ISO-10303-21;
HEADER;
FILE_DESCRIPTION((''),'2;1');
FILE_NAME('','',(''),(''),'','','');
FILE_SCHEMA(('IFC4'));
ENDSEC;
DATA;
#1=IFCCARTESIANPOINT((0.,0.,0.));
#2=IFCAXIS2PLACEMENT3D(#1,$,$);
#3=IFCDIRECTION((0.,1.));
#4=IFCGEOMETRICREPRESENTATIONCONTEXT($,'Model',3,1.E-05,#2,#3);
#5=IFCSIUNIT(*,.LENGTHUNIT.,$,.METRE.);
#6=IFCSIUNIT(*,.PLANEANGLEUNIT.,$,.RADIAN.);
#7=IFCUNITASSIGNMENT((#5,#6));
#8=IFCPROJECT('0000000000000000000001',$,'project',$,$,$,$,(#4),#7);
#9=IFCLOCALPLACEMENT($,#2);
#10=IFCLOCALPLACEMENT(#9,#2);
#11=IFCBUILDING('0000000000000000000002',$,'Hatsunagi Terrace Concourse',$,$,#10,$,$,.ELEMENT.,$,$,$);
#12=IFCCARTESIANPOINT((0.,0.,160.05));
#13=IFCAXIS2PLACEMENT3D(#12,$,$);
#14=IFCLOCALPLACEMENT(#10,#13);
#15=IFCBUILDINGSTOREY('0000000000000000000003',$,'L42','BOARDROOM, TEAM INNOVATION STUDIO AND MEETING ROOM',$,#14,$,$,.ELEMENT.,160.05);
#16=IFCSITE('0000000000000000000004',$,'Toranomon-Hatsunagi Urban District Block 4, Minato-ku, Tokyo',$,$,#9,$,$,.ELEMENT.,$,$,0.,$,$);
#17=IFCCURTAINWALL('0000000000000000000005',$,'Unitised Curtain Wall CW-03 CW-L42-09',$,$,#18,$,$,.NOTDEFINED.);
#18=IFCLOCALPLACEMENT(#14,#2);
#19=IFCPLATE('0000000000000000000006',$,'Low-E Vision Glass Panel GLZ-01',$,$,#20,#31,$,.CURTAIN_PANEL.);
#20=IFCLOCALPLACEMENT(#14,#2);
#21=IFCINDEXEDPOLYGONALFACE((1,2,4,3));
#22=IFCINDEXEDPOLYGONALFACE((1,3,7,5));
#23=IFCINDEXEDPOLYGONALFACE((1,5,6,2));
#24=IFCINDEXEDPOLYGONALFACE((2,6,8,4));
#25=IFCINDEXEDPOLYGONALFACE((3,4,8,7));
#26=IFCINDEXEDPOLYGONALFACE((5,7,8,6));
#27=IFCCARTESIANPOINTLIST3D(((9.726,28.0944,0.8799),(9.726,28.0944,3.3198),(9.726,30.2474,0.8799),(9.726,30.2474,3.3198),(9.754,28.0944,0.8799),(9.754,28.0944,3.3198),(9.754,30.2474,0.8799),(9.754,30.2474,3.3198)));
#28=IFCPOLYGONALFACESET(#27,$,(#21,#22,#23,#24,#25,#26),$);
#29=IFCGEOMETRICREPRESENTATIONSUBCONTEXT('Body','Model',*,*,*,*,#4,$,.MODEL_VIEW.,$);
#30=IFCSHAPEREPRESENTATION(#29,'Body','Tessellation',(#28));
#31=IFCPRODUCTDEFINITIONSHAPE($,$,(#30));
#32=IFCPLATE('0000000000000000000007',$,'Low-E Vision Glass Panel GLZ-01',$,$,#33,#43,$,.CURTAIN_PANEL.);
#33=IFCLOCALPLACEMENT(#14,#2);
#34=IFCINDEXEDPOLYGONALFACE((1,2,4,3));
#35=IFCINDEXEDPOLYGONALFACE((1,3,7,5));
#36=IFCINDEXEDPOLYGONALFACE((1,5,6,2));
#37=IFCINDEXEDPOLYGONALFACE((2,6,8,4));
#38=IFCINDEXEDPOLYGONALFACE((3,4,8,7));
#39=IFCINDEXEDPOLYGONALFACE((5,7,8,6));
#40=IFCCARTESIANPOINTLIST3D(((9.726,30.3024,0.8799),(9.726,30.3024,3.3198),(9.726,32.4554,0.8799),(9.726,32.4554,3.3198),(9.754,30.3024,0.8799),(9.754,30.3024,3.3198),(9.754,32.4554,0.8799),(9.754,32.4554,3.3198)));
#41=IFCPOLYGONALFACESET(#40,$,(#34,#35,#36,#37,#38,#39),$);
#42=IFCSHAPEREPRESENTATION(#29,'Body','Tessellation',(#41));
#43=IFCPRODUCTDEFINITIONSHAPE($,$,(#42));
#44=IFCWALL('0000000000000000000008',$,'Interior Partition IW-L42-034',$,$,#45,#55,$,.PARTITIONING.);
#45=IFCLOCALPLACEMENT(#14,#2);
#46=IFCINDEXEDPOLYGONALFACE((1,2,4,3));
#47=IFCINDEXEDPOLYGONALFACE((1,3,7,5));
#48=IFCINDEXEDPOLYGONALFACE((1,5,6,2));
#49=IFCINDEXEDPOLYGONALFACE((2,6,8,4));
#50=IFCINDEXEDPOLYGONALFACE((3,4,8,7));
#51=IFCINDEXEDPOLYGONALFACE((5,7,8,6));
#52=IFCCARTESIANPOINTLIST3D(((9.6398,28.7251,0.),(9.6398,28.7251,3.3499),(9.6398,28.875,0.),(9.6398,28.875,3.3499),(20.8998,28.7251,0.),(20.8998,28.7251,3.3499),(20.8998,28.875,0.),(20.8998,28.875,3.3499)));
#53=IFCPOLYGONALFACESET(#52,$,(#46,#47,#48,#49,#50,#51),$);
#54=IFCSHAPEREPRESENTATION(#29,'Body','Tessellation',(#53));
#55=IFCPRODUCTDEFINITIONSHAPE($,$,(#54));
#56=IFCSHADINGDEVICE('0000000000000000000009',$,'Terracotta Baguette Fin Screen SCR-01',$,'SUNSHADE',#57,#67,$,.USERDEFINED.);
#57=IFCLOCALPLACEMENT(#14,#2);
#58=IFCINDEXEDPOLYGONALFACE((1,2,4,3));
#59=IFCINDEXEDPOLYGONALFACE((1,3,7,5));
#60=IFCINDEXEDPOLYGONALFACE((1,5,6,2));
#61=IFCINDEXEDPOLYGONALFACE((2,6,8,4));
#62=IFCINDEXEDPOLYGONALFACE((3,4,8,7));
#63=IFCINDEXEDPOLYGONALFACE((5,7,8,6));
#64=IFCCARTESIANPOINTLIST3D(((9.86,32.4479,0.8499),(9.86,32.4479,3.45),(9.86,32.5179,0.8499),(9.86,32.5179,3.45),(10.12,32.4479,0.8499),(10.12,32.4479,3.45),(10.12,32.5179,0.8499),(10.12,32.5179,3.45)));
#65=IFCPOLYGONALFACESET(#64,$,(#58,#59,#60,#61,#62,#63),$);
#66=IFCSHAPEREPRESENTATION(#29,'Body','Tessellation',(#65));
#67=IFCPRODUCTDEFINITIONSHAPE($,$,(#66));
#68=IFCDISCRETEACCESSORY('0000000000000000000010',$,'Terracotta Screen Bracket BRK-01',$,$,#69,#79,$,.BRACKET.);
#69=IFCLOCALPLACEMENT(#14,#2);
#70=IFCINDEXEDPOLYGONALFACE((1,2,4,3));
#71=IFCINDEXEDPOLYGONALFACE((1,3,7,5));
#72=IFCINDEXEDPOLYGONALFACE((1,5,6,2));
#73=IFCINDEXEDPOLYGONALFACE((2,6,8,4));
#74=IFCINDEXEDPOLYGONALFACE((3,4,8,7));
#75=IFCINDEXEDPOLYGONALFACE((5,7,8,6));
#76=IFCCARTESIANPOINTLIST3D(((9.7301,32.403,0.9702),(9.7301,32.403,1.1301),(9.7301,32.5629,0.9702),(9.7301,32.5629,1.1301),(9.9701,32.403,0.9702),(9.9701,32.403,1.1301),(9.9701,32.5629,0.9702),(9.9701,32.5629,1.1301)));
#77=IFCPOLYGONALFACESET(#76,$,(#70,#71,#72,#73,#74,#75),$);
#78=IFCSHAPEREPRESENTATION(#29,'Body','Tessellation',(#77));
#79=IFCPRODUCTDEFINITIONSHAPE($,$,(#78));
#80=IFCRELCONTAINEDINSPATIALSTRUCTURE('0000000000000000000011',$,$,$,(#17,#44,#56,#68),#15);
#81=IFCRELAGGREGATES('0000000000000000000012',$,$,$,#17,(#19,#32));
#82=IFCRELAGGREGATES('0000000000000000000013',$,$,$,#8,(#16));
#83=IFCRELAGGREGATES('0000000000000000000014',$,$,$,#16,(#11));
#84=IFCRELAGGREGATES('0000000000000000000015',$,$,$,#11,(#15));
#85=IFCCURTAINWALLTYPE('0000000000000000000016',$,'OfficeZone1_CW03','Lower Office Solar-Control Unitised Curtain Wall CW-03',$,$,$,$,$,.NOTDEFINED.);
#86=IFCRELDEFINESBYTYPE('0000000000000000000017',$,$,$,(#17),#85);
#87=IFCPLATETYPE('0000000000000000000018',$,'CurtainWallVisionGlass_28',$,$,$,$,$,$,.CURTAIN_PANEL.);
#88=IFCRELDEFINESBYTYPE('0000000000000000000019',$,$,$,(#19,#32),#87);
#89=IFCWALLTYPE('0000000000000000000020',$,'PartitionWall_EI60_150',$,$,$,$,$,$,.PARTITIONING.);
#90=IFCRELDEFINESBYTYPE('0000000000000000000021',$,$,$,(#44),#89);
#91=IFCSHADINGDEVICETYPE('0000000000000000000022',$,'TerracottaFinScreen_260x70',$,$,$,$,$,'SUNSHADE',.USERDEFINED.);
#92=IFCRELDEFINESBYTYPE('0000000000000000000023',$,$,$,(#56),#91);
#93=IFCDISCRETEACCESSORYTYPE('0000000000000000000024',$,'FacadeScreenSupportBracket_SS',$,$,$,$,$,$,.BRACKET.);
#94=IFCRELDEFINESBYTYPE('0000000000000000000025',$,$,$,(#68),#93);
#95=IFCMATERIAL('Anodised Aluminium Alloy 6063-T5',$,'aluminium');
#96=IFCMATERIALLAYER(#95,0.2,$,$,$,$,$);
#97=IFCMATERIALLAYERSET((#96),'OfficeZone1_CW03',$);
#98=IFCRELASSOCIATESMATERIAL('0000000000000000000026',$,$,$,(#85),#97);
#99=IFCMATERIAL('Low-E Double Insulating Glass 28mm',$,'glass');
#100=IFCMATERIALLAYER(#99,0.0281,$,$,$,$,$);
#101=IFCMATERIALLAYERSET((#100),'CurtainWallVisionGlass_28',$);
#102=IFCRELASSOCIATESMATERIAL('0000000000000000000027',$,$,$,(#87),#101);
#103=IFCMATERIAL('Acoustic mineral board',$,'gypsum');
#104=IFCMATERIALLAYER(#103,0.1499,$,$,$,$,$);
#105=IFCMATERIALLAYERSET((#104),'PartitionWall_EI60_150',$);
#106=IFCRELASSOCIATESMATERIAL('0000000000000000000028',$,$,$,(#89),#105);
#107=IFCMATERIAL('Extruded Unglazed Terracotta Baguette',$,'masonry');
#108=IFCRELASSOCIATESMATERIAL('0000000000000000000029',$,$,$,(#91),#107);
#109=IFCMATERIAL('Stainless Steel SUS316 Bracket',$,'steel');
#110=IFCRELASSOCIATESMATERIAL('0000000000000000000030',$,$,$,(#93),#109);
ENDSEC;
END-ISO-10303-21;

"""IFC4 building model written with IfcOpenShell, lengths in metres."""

from ifc_helpers import new_model, si_unit, direction, frame, frame_2d, origin, origin_2d, place, context, subcontext, project, spatial, rectangle, extrude, material, layer, layer_set, type_object, element, aggregate, save


model = new_model("IFC4")

# Units and contexts
model_context = context("Model", 3, precision=1e-05, world=origin(), true_north=direction((0.0, 1.0)))
body_context = subcontext(model_context, "Body", "Model", "MODEL_VIEW")
ifc_project = project(units=[si_unit("LENGTHUNIT", "METRE"), si_unit("PLANEANGLEUNIT", "RADIAN")], contexts=[model_context])

# Site, building, storey
site_placement = place(None, origin())
site = spatial("IfcSite", under=ifc_project, at=site_placement, Name="Toranomon-Hatsunagi Urban District Block 4, Minato-ku, Tokyo", CompositionType="ELEMENT", RefElevation=0.0)
building_placement = place(site_placement, origin())
building = spatial("IfcBuilding", under=site, at=building_placement, Name="Hatsunagi Terrace Concourse", CompositionType="ELEMENT")
storey_placement = place(building_placement, frame((0.0, 0.0, 160.05)))
storey = spatial("IfcBuildingStorey", under=building, at=storey_placement, Name="L42", Description="BOARDROOM, TEAM INNOVATION STUDIO AND MEETING ROOM", CompositionType="ELEMENT", Elevation=160.05)

# Curtain wall
ifc_material_1 = material(Name="Anodised Aluminium Alloy 6063-T5", Category="aluminium")
ifc_layer_1 = layer(ifc_material_1, 0.2)
ifc_layer_set_1 = layer_set([ifc_layer_1], Name="OfficeZone1_CW03")
curtain_wall_type = type_object("IfcCurtainWallType", Name="OfficeZone1_CW03", Description="Lower Office Solar-Control Unitised Curtain Wall CW-03", PredefinedType="NOTDEFINED", material=ifc_layer_set_1)
curtain_wall_placement = place(storey_placement, origin())
curtain_wall = element("IfcCurtainWall", 1, at=curtain_wall_placement, inside=storey, type_object=curtain_wall_type, Name="Unitised Curtain Wall CW-03 CW-L42-09", PredefinedType="NOTDEFINED")

# Plates
ifc_material_2 = material(Name="Low-E Double Insulating Glass 28mm", Category="glass")
ifc_layer_2 = layer(ifc_material_2, 0.0281)
ifc_layer_set_2 = layer_set([ifc_layer_2], Name="CurtainWallVisionGlass_28")
plate_type_1 = type_object("IfcPlateType", Name="CurtainWallVisionGlass_28", PredefinedType="CURTAIN_PANEL", material=ifc_layer_set_2)
plate_1_placement = place(storey_placement, frame((9.74, 29.1709, 0.8799), z_axis=(0.0, 0.0, 1.0), x_axis=(0.0, 1.0, 0.0)))
plate_1 = element("IfcPlate", 2, at=plate_1_placement, type_object=plate_type_1, Name="Low-E Vision Glass Panel GLZ-01", PredefinedType="CURTAIN_PANEL", context=body_context, shape_type="SweptSolid", body=[
    extrude(rectangle(XDim=2.1531, YDim=0.0281, at=origin_2d()), origin(), (0.0, 0.0, 1.0), 2.4399),
])
plate_2_placement = place(storey_placement, frame((9.74, 31.3789, 0.8799), z_axis=(0.0, 0.0, 1.0), x_axis=(0.0, 1.0, 0.0)))
plate_2 = element("IfcPlate", 3, at=plate_2_placement, type_object=plate_type_1, Name="Low-E Vision Glass Panel GLZ-01", PredefinedType="CURTAIN_PANEL", context=body_context, shape_type="SweptSolid", body=[
    extrude(rectangle(XDim=2.1531, YDim=0.0281, at=origin_2d()), origin(), (0.0, 0.0, 1.0), 2.4399),
])
aggregate(curtain_wall, [plate_1, plate_2])

# Wall
ifc_material_3 = material(Name="Acoustic mineral board", Category="gypsum")
ifc_layer_3 = layer(ifc_material_3, 0.1499)
ifc_layer_set_3 = layer_set([ifc_layer_3], Name="PartitionWall_EI60_150")
wall_type = type_object("IfcWallType", Name="PartitionWall_EI60_150", PredefinedType="PARTITIONING", material=ifc_layer_set_3)
wall_placement = place(storey_placement, frame((9.6399, 28.8, 0.0), z_axis=(0.0, 0.0, 1.0), x_axis=(1.0, 0.0, 0.0)))
element("IfcWall", 4, at=wall_placement, inside=storey, type_object=wall_type, Name="Interior Partition IW-L42-034", PredefinedType="PARTITIONING", context=body_context, shape_type="SweptSolid", body=[
    extrude(rectangle(XDim=11.26, YDim=0.1499, at=frame_2d((5.6299, 0.0))), origin(), (0.0, 0.0, 1.0), 3.3499),
])

# Shading device
ifc_material_4 = material(Name="Extruded Unglazed Terracotta Baguette", Category="masonry")
shading_device_type = type_object("IfcShadingDeviceType", Name="TerracottaFinScreen_260x70", ElementType="SUNSHADE", PredefinedType="USERDEFINED", material=ifc_material_4)
shading_device_placement = place(storey_placement, frame((9.99, 32.4829, 0.8499), z_axis=(0.0, 0.0, 1.0), x_axis=(0.0, 1.0, 0.0)))
element("IfcShadingDevice", 5, at=shading_device_placement, inside=storey, type_object=shading_device_type, Name="Terracotta Baguette Fin Screen SCR-01", ObjectType="SUNSHADE", PredefinedType="USERDEFINED", context=body_context, shape_type="SweptSolid", body=[
    extrude(rectangle(XDim=0.0701, YDim=0.26, at=origin_2d()), origin(), (0.0, 0.0, 1.0), 2.6001),
])

# Discrete accessory
ifc_material_5 = material(Name="Stainless Steel SUS316 Bracket", Category="steel")
discrete_accessory_type = type_object("IfcDiscreteAccessoryType", Name="FacadeScreenSupportBracket_SS", PredefinedType="BRACKET", material=ifc_material_5)
discrete_accessory_placement = place(storey_placement, frame((9.8501, 32.4829, 0.9702), z_axis=(0.0, 0.0, 1.0), x_axis=(0.0, 1.0, 0.0)))
element("IfcDiscreteAccessory", 6, at=discrete_accessory_placement, inside=storey, type_object=discrete_accessory_type, Name="Terracotta Screen Bracket BRK-01", PredefinedType="BRACKET", context=body_context, shape_type="SweptSolid", body=[
    extrude(rectangle(XDim=0.1599, YDim=0.24, at=origin_2d()), origin(), (0.0, 0.0, 1.0), 0.1599),
])

save(model, "model.ifc")
